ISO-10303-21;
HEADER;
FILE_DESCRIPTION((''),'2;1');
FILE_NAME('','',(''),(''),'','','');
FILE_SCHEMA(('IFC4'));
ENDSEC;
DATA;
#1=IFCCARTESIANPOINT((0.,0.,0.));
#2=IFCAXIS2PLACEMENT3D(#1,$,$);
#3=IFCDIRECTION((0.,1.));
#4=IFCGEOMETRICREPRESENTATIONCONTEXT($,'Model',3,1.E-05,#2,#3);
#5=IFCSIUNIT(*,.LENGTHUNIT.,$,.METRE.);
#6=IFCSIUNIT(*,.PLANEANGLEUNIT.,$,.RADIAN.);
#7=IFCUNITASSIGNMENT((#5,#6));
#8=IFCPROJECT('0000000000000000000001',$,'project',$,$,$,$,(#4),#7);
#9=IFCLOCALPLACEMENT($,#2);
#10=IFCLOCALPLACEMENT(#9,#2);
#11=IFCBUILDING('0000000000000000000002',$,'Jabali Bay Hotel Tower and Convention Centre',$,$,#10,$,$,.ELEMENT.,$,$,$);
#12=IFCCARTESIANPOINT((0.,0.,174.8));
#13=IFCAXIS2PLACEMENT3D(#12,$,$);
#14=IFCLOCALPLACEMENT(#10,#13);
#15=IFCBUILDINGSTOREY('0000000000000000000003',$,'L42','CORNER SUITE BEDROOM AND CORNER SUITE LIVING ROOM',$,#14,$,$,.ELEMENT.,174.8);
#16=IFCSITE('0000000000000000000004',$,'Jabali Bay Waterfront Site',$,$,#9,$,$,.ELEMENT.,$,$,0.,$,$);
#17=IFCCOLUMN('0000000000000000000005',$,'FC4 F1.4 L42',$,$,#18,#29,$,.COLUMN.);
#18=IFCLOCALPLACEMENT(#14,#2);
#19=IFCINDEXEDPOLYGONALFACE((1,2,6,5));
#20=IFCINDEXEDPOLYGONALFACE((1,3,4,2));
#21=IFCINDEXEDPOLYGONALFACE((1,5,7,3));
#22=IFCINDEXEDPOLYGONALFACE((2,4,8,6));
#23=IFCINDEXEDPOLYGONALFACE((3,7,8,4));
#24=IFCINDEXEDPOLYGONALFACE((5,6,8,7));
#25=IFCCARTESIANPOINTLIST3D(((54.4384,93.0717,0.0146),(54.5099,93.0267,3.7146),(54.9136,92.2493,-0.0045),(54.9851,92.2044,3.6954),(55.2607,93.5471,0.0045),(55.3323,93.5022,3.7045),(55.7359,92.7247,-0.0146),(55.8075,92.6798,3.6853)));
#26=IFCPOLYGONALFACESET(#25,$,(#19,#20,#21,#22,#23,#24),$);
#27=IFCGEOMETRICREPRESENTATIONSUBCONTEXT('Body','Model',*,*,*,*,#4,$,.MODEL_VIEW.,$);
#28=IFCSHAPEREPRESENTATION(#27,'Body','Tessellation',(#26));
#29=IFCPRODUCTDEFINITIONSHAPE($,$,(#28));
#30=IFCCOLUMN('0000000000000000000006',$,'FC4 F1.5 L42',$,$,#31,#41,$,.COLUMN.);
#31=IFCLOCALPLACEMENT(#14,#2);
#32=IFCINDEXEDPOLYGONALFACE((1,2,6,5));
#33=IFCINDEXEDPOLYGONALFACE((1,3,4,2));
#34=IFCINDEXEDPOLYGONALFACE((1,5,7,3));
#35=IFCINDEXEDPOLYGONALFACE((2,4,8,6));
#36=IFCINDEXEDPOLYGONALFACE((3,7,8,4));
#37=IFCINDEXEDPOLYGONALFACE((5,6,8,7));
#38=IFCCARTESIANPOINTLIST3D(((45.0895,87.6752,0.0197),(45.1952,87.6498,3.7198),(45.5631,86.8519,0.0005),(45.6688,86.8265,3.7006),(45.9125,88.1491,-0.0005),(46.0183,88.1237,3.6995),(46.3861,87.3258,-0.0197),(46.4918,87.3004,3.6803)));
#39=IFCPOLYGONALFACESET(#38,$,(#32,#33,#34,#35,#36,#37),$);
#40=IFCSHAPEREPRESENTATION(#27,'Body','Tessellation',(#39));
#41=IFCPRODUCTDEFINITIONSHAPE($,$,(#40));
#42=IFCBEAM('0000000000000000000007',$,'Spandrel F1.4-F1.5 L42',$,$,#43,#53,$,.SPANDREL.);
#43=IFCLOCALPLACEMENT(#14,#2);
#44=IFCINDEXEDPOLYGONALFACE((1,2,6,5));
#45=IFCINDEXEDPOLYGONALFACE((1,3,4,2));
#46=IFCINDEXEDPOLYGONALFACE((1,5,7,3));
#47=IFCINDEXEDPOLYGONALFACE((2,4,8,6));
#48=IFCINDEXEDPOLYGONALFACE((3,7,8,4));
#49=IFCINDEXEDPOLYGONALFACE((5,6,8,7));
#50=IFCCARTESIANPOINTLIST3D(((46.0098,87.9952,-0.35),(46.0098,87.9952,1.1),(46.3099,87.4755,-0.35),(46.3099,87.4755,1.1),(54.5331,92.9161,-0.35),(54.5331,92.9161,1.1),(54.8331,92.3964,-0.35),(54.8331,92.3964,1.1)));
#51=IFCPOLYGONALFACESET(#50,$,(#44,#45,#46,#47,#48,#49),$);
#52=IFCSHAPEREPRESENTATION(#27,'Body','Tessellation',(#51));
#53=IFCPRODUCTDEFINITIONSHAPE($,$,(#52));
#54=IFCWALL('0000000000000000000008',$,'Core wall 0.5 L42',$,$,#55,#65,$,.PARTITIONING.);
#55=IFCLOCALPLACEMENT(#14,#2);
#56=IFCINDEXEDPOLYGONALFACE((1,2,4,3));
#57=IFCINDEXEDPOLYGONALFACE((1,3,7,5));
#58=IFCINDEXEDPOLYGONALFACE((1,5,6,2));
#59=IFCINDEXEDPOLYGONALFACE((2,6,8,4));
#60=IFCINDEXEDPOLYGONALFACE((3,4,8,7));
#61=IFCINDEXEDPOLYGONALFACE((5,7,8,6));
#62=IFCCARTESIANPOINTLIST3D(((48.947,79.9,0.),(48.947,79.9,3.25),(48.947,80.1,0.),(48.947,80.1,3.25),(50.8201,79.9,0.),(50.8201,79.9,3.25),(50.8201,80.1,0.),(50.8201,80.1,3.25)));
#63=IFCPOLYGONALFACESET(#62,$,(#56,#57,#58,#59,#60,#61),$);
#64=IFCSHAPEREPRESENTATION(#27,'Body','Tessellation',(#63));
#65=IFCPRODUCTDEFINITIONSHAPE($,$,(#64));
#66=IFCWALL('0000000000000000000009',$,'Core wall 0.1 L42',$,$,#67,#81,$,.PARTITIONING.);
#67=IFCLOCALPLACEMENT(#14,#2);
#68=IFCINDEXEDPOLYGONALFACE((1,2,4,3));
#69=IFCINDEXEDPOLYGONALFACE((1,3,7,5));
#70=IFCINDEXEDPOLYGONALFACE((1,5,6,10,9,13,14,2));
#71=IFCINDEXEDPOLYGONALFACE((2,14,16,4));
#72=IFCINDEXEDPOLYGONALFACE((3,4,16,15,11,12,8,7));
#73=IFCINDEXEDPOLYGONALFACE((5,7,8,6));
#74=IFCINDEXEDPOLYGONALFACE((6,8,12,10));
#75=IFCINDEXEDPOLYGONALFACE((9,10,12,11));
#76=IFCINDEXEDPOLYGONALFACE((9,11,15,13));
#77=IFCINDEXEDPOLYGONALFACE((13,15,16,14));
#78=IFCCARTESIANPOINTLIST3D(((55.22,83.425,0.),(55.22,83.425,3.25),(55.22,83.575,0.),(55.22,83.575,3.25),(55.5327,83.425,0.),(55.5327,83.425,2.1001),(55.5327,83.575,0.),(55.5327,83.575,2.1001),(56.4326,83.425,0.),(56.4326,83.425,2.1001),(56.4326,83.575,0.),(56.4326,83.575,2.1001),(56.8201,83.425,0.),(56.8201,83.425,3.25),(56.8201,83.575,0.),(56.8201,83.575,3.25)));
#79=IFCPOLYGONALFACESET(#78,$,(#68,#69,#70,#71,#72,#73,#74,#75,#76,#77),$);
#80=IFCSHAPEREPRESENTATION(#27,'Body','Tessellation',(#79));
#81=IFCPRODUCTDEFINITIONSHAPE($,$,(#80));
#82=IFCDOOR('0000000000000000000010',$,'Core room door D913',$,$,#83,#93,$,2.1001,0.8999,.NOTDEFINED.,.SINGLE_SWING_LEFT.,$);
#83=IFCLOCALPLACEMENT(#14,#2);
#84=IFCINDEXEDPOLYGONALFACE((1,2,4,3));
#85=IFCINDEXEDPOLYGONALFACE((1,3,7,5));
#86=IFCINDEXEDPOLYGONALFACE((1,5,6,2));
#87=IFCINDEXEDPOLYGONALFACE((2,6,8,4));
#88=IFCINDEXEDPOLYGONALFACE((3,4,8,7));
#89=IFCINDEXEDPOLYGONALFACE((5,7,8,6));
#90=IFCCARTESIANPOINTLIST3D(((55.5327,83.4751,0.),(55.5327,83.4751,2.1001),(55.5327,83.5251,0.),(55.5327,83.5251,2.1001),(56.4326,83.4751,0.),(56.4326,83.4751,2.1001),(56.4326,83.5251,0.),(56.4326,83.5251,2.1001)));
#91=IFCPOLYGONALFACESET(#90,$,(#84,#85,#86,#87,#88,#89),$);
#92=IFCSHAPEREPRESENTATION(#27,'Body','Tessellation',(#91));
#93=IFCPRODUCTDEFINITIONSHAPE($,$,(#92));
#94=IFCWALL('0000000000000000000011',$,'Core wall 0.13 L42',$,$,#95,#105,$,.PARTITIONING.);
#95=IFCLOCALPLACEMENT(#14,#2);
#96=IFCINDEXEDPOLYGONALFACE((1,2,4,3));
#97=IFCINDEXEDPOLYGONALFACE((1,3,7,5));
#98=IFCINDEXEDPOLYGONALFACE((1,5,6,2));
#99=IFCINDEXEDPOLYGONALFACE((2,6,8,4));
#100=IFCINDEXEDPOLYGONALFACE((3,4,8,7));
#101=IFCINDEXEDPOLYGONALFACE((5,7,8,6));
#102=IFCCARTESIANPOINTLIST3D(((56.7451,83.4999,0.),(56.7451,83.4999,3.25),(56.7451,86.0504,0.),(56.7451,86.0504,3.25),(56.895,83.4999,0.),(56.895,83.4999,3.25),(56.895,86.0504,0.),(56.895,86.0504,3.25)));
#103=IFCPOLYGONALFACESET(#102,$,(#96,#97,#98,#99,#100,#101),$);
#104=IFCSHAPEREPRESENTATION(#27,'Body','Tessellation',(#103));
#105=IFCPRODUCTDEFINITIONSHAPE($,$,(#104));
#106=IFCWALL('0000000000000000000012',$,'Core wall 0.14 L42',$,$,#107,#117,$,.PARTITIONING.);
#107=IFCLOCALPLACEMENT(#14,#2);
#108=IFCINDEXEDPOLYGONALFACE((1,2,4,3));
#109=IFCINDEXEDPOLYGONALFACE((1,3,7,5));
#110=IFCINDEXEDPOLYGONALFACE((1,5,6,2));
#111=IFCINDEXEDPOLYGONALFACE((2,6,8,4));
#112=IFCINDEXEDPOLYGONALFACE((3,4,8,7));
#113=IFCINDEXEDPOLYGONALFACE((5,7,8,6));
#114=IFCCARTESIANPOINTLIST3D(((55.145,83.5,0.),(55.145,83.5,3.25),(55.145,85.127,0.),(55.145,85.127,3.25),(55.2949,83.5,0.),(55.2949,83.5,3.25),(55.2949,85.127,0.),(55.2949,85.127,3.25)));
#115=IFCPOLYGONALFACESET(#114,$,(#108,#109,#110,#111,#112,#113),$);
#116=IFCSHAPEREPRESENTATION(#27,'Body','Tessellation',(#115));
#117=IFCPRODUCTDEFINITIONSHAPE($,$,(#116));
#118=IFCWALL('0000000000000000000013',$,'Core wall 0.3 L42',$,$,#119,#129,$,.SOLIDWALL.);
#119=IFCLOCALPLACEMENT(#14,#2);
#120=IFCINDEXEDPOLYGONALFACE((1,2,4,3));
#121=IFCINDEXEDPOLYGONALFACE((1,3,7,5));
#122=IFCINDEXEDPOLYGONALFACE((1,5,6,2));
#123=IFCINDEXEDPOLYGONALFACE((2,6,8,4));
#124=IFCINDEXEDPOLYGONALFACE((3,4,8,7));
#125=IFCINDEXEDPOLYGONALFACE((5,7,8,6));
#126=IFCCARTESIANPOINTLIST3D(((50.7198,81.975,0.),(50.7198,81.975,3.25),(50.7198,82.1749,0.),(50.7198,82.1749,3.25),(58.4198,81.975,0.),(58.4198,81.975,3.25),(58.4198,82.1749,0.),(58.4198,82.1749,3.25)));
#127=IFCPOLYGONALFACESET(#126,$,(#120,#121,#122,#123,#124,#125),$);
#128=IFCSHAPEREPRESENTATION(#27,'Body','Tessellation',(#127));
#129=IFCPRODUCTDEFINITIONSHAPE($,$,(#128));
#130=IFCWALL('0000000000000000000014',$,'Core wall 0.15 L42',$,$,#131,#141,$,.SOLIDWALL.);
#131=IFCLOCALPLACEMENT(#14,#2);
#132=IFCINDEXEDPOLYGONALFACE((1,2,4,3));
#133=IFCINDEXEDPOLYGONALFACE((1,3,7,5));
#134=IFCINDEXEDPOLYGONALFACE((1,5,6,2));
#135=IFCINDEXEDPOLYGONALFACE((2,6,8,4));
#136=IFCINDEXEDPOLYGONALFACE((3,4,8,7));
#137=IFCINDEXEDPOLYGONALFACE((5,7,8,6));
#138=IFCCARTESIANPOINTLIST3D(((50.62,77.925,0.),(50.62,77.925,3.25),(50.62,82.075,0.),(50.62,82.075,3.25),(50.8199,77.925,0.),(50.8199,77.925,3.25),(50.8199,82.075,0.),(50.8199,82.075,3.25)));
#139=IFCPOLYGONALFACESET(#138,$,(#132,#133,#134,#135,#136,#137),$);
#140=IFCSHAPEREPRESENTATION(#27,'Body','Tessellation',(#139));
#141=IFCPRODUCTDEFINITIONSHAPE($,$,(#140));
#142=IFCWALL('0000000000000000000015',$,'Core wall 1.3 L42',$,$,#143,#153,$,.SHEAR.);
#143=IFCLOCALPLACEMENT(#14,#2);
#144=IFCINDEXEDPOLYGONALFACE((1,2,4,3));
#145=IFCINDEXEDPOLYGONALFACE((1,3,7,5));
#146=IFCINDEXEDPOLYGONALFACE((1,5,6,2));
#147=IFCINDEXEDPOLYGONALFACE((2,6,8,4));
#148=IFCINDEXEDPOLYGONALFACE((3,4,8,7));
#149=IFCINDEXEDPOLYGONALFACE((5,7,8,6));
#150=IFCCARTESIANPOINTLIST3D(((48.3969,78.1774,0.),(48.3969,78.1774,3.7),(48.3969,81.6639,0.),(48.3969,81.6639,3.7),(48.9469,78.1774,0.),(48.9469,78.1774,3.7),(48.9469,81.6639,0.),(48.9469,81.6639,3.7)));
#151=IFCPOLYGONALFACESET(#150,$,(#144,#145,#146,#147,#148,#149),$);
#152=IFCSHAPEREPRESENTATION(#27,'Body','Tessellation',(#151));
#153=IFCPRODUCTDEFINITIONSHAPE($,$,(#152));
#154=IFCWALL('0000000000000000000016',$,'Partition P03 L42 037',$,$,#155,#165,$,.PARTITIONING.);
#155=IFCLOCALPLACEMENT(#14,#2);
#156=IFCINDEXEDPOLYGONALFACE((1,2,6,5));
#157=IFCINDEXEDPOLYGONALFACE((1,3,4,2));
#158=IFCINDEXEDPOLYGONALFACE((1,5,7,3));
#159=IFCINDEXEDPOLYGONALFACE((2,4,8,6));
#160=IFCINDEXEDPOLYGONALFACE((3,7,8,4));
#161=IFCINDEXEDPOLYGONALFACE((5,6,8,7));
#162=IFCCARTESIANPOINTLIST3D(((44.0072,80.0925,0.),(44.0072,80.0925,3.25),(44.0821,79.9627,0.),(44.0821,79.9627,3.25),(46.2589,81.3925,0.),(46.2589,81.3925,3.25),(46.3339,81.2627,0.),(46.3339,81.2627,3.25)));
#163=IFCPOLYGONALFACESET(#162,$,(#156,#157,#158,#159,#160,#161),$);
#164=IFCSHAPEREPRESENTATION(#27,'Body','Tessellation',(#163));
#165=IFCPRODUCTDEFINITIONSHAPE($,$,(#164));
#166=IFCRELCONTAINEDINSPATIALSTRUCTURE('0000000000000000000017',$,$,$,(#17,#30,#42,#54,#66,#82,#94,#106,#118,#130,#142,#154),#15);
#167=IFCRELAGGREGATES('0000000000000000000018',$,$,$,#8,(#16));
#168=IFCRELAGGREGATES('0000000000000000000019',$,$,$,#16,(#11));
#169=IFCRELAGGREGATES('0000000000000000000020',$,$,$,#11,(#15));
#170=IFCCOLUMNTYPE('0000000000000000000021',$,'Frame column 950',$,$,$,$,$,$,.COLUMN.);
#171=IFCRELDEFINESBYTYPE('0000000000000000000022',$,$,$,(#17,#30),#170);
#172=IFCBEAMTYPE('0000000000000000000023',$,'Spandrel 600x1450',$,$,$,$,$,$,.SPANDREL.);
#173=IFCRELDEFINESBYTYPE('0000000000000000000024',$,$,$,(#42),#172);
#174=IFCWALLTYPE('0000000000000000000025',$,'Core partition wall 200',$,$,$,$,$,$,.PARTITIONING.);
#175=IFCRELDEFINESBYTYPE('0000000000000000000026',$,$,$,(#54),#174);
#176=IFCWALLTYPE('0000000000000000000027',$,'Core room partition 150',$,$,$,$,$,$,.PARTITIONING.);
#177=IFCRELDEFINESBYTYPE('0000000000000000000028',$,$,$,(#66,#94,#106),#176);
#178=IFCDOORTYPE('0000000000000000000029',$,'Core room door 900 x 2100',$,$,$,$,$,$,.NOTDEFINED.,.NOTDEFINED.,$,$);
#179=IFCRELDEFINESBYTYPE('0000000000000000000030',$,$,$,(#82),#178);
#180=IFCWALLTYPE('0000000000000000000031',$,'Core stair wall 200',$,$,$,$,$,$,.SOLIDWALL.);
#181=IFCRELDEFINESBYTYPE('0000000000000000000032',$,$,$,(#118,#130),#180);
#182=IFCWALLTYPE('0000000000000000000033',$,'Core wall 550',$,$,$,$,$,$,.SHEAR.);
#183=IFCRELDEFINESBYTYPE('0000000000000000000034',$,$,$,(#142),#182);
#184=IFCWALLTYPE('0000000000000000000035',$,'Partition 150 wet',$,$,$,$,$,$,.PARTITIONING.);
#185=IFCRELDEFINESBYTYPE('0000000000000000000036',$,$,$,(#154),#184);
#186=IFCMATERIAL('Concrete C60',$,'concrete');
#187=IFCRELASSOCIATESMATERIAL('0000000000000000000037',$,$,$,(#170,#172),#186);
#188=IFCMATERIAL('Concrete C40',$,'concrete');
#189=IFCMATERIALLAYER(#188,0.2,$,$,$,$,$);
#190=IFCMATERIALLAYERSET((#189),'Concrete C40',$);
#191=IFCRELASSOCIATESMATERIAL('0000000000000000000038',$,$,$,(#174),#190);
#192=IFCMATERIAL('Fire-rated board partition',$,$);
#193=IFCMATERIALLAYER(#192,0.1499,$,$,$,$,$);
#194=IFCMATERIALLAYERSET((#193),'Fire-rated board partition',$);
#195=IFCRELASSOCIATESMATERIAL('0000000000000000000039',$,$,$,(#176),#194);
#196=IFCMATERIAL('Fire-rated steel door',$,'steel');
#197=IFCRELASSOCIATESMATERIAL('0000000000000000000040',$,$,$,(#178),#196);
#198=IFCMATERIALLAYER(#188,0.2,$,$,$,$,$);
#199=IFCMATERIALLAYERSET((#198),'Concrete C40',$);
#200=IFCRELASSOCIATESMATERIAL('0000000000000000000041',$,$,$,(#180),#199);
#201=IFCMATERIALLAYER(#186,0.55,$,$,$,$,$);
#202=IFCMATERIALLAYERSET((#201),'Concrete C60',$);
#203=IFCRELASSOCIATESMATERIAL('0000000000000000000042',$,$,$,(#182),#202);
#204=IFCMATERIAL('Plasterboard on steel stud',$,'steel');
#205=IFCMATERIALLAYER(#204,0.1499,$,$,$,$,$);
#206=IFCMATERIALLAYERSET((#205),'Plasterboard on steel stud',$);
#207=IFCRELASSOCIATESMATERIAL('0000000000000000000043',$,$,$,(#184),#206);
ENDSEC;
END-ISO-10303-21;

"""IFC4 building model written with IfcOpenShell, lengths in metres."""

from ifc_helpers import new_model, si_unit, direction, frame, frame_2d, origin, origin_2d, place, context, subcontext, project, spatial, rectangle, extrude, material, layer, layer_set, material_profile, profile_set, type_object, element, fill, save


model = new_model("IFC4")

# Units and contexts
model_context = context("Model", 3, precision=1e-05, world=origin(), true_north=direction((0.0, 1.0)))
body_context = subcontext(model_context, "Body", "Model", "MODEL_VIEW")
ifc_project = project(units=[si_unit("LENGTHUNIT", "METRE"), si_unit("PLANEANGLEUNIT", "RADIAN")], contexts=[model_context])

# Site, building, storey
site_placement = place(None, origin())
site = spatial("IfcSite", under=ifc_project, at=site_placement, Name="Jabali Bay Waterfront Site", CompositionType="ELEMENT", RefElevation=0.0)
building_placement = place(site_placement, origin())
building = spatial("IfcBuilding", under=site, at=building_placement, Name="Jabali Bay Hotel Tower and Convention Centre", CompositionType="ELEMENT")
storey_placement = place(building_placement, frame((0.0, 0.0, 174.8)))
storey = spatial("IfcBuildingStorey", under=building, at=storey_placement, Name="L42", Description="CORNER SUITE BEDROOM AND CORNER SUITE LIVING ROOM", CompositionType="ELEMENT", Elevation=174.8)

# Columns
ifc_material_1 = material(Name="Concrete C60", Category="concrete")
ifc_material_profile_1 = material_profile(ifc_material_1, rectangle(XDim=0.95, YDim=0.95, at=origin_2d()), Name="Frame column 950")
ifc_profile_set_1 = profile_set([ifc_material_profile_1], Name="Concrete C60")
column_type = type_object("IfcColumnType", Name="Frame column 950", PredefinedType="COLUMN", material=ifc_profile_set_1)
column_1_placement = place(storey_placement, frame((55.0872, 92.8982, 0.0), z_axis=(0.019329, -0.012138, 0.99974), x_axis=(-0.500214, 0.865666, 0.020181)))
element("IfcColumn", 1, at=column_1_placement, inside=storey, type_object=column_type, Name="FC4 F1.4 L42", PredefinedType="COLUMN", context=body_context, shape_type="SweptSolid", body=[
    extrude(rectangle(XDim=0.95, YDim=0.95, at=origin_2d()), origin(), (0.0, 0.0, 1.0), 3.7009),
])
column_2_placement = place(storey_placement, frame((45.7378, 87.5005, 0.0), z_axis=(0.028559, -0.006859, 0.999569), x_axis=(-0.498515, 0.866646, 0.020191)))
element("IfcColumn", 2, at=column_2_placement, inside=storey, type_object=column_type, Name="FC4 F1.5 L42", PredefinedType="COLUMN", context=body_context, shape_type="SweptSolid", body=[
    extrude(rectangle(XDim=0.95, YDim=0.95, at=origin_2d()), origin(), (0.0, 0.0, 1.0), 3.7017),
])

# Beam
ifc_material_profile_2 = material_profile(ifc_material_1, rectangle(XDim=0.6001, YDim=1.45, at=origin_2d()), Name="Spandrel 600x1450")
ifc_profile_set_2 = profile_set([ifc_material_profile_2], Name="Concrete C60")
beam_type = type_object("IfcBeamType", Name="Spandrel 600x1450", PredefinedType="SPANDREL", material=ifc_profile_set_2)
beam_placement = place(storey_placement, frame((54.6831, 92.6562, 0.375), z_axis=(-0.866024, -0.500002, 0.0), x_axis=(0.500002, -0.866024, 0.0)))
element("IfcBeam", 3, at=beam_placement, inside=storey, type_object=beam_type, Name="Spandrel F1.4-F1.5 L42", PredefinedType="SPANDREL", context=body_context, shape_type="SweptSolid", body=[
    extrude(rectangle(XDim=0.6001, YDim=1.45, at=origin_2d()), origin(), (0.0, 0.0, 1.0), 9.8418),
])

# Wall
ifc_material_2 = material(Name="Concrete C40", Category="concrete")
ifc_layer_1 = layer(ifc_material_2, 0.2)
ifc_layer_set_1 = layer_set([ifc_layer_1], Name="Concrete C40")
wall_type_1 = type_object("IfcWallType", Name="Core partition wall 200", PredefinedType="PARTITIONING", material=ifc_layer_set_1)
wall_1_placement = place(storey_placement, frame((50.8201, 80.0, 0.0), z_axis=(0.0, 0.0, 1.0), x_axis=(-1.0, 0.0, 0.0)))
element("IfcWall", 4, at=wall_1_placement, inside=storey, type_object=wall_type_1, Name="Core wall 0.5 L42", PredefinedType="PARTITIONING", context=body_context, shape_type="SweptSolid", body=[
    extrude(rectangle(XDim=1.873, YDim=0.2, at=frame_2d((0.9365, 0.0))), origin(), (0.0, 0.0, 1.0), 3.25),
])

# Wall, opening, door
ifc_material_3 = material(Name="Fire-rated board partition")
ifc_layer_2 = layer(ifc_material_3, 0.1499)
ifc_layer_set_2 = layer_set([ifc_layer_2], Name="Fire-rated board partition")
wall_type_2 = type_object("IfcWallType", Name="Core room partition 150", PredefinedType="PARTITIONING", material=ifc_layer_set_2)
wall_2_placement = place(storey_placement, frame((56.8201, 83.5, 0.0), z_axis=(0.0, 0.0, 1.0), x_axis=(-1.0, 0.0, 0.0)))
wall_2 = element("IfcWall", 5, at=wall_2_placement, inside=storey, type_object=wall_type_2, Name="Core wall 0.1 L42", PredefinedType="PARTITIONING", context=body_context, shape_type="SweptSolid", body=[
    extrude(rectangle(XDim=1.6001, YDim=0.1499, at=frame_2d((0.8, 0.0))), origin(), (0.0, 0.0, 1.0), 3.25),
])
opening_placement = place(wall_2_placement, frame((0.3875, 0.0, 0.0)))
opening = element("IfcOpeningElement", 6, at=opening_placement, cuts=wall_2, PredefinedType="OPENING", context=body_context, shape_type="SweptSolid", body=[
    extrude(rectangle(XDim=0.8999, YDim=2.1001, at=frame_2d((0.45, 1.05))), frame((0.0, 0.0854, 0.0), z_axis=(0.0, -1.0, 0.0), x_axis=(1.0, 0.0, 0.0)), (0.0, 0.0, 1.0), 0.1709),
])
ifc_material_4 = material(Name="Fire-rated steel door", Category="steel")
door_type = type_object("IfcDoorType", Name="Core room door 900 x 2100", OperationType="NOTDEFINED", PredefinedType="NOTDEFINED", material=ifc_material_4)
door_placement = place(opening_placement, origin())
door = element("IfcDoor", 7, at=door_placement, inside=storey, type_object=door_type, Name="Core room door D913", OperationType="SINGLE_SWING_LEFT", OverallHeight=2.1001, OverallWidth=0.8999, PredefinedType="NOTDEFINED", context=body_context, shape_type="SweptSolid", body=[
    extrude(rectangle(XDim=0.8999, YDim=2.1001, at=frame_2d((0.45, 1.05))), frame((0.0, 0.0249, 0.0), z_axis=(0.0, -1.0, 0.0), x_axis=(1.0, 0.0, 0.0)), (0.0, 0.0, 1.0), 0.05),
])
fill(opening, door)

# Walls
wall_3_placement = place(storey_placement, frame((56.8201, 86.0505, 0.0), z_axis=(0.0, 0.0, 1.0), x_axis=(0.0, -1.0, 0.0)))
element("IfcWall", 8, at=wall_3_placement, inside=storey, type_object=wall_type_2, Name="Core wall 0.13 L42", PredefinedType="PARTITIONING", context=body_context, shape_type="SweptSolid", body=[
    extrude(rectangle(XDim=2.5505, YDim=0.1499, at=frame_2d((1.2754, 0.0))), origin(), (0.0, 0.0, 1.0), 3.25),
])
wall_4_placement = place(storey_placement, frame((55.22, 85.127, 0.0), z_axis=(0.0, 0.0, 1.0), x_axis=(0.0, -1.0, 0.0)))
element("IfcWall", 9, at=wall_4_placement, inside=storey, type_object=wall_type_2, Name="Core wall 0.14 L42", PredefinedType="PARTITIONING", context=body_context, shape_type="SweptSolid", body=[
    extrude(rectangle(XDim=1.627, YDim=0.1499, at=frame_2d((0.8135, 0.0))), origin(), (0.0, 0.0, 1.0), 3.25),
])
ifc_layer_3 = layer(ifc_material_2, 0.2)
ifc_layer_set_3 = layer_set([ifc_layer_3], Name="Concrete C40")
wall_type_3 = type_object("IfcWallType", Name="Core stair wall 200", PredefinedType="SOLIDWALL", material=ifc_layer_set_3)
wall_5_placement = place(storey_placement, frame((58.4199, 82.075, 0.0), z_axis=(0.0, 0.0, 1.0), x_axis=(-1.0, 0.0, 0.0)))
element("IfcWall", 10, at=wall_5_placement, inside=storey, type_object=wall_type_3, Name="Core wall 0.3 L42", PredefinedType="SOLIDWALL", context=body_context, shape_type="SweptSolid", body=[
    extrude(rectangle(XDim=7.7, YDim=0.2, at=frame_2d((3.8501, 0.0))), origin(), (0.0, 0.0, 1.0), 3.25),
])
wall_6_placement = place(storey_placement, frame((50.72, 82.075, 0.0), z_axis=(0.0, 0.0, 1.0), x_axis=(0.0, -1.0, 0.0)))
element("IfcWall", 11, at=wall_6_placement, inside=storey, type_object=wall_type_3, Name="Core wall 0.15 L42", PredefinedType="SOLIDWALL", context=body_context, shape_type="SweptSolid", body=[
    extrude(rectangle(XDim=4.1499, YDim=0.2, at=frame_2d((2.075, 0.0))), origin(), (0.0, 0.0, 1.0), 3.25),
])
ifc_layer_4 = layer(ifc_material_1, 0.55)
ifc_layer_set_4 = layer_set([ifc_layer_4], Name="Concrete C60")
wall_type_4 = type_object("IfcWallType", Name="Core wall 550", PredefinedType="SHEAR", material=ifc_layer_set_4)
wall_7_placement = place(storey_placement, frame((48.6719, 81.6638, 0.0), z_axis=(0.0, 0.0, 1.0), x_axis=(0.0, -1.0, 0.0)))
element("IfcWall", 12, at=wall_7_placement, inside=storey, type_object=wall_type_4, Name="Core wall 1.3 L42", PredefinedType="SHEAR", context=body_context, shape_type="SweptSolid", body=[
    extrude(rectangle(XDim=3.4866, YDim=0.55, at=frame_2d((1.7432, 0.0))), origin(), (0.0, 0.0, 1.0), 3.7),
])
ifc_material_5 = material(Name="Plasterboard on steel stud", Category="steel")
ifc_layer_5 = layer(ifc_material_5, 0.1499)
ifc_layer_set_5 = layer_set([ifc_layer_5], Name="Plasterboard on steel stud")
wall_type_5 = type_object("IfcWallType", Name="Partition 150 wet", PredefinedType="PARTITIONING", material=ifc_layer_set_5)
wall_8_placement = place(storey_placement, frame((46.2964, 81.3276, 0.0), z_axis=(0.0, 0.0, 1.0), x_axis=(-0.866021, -0.500007, 0.0)))
element("IfcWall", 13, at=wall_8_placement, inside=storey, type_object=wall_type_5, Name="Partition P03 L42 037", PredefinedType="PARTITIONING", context=body_context, shape_type="SweptSolid", body=[
    extrude(rectangle(XDim=2.6001, YDim=0.1499, at=frame_2d((1.3, 0.0))), origin(), (0.0, 0.0, 1.0), 3.25),
])

save(model, "model.ifc")
